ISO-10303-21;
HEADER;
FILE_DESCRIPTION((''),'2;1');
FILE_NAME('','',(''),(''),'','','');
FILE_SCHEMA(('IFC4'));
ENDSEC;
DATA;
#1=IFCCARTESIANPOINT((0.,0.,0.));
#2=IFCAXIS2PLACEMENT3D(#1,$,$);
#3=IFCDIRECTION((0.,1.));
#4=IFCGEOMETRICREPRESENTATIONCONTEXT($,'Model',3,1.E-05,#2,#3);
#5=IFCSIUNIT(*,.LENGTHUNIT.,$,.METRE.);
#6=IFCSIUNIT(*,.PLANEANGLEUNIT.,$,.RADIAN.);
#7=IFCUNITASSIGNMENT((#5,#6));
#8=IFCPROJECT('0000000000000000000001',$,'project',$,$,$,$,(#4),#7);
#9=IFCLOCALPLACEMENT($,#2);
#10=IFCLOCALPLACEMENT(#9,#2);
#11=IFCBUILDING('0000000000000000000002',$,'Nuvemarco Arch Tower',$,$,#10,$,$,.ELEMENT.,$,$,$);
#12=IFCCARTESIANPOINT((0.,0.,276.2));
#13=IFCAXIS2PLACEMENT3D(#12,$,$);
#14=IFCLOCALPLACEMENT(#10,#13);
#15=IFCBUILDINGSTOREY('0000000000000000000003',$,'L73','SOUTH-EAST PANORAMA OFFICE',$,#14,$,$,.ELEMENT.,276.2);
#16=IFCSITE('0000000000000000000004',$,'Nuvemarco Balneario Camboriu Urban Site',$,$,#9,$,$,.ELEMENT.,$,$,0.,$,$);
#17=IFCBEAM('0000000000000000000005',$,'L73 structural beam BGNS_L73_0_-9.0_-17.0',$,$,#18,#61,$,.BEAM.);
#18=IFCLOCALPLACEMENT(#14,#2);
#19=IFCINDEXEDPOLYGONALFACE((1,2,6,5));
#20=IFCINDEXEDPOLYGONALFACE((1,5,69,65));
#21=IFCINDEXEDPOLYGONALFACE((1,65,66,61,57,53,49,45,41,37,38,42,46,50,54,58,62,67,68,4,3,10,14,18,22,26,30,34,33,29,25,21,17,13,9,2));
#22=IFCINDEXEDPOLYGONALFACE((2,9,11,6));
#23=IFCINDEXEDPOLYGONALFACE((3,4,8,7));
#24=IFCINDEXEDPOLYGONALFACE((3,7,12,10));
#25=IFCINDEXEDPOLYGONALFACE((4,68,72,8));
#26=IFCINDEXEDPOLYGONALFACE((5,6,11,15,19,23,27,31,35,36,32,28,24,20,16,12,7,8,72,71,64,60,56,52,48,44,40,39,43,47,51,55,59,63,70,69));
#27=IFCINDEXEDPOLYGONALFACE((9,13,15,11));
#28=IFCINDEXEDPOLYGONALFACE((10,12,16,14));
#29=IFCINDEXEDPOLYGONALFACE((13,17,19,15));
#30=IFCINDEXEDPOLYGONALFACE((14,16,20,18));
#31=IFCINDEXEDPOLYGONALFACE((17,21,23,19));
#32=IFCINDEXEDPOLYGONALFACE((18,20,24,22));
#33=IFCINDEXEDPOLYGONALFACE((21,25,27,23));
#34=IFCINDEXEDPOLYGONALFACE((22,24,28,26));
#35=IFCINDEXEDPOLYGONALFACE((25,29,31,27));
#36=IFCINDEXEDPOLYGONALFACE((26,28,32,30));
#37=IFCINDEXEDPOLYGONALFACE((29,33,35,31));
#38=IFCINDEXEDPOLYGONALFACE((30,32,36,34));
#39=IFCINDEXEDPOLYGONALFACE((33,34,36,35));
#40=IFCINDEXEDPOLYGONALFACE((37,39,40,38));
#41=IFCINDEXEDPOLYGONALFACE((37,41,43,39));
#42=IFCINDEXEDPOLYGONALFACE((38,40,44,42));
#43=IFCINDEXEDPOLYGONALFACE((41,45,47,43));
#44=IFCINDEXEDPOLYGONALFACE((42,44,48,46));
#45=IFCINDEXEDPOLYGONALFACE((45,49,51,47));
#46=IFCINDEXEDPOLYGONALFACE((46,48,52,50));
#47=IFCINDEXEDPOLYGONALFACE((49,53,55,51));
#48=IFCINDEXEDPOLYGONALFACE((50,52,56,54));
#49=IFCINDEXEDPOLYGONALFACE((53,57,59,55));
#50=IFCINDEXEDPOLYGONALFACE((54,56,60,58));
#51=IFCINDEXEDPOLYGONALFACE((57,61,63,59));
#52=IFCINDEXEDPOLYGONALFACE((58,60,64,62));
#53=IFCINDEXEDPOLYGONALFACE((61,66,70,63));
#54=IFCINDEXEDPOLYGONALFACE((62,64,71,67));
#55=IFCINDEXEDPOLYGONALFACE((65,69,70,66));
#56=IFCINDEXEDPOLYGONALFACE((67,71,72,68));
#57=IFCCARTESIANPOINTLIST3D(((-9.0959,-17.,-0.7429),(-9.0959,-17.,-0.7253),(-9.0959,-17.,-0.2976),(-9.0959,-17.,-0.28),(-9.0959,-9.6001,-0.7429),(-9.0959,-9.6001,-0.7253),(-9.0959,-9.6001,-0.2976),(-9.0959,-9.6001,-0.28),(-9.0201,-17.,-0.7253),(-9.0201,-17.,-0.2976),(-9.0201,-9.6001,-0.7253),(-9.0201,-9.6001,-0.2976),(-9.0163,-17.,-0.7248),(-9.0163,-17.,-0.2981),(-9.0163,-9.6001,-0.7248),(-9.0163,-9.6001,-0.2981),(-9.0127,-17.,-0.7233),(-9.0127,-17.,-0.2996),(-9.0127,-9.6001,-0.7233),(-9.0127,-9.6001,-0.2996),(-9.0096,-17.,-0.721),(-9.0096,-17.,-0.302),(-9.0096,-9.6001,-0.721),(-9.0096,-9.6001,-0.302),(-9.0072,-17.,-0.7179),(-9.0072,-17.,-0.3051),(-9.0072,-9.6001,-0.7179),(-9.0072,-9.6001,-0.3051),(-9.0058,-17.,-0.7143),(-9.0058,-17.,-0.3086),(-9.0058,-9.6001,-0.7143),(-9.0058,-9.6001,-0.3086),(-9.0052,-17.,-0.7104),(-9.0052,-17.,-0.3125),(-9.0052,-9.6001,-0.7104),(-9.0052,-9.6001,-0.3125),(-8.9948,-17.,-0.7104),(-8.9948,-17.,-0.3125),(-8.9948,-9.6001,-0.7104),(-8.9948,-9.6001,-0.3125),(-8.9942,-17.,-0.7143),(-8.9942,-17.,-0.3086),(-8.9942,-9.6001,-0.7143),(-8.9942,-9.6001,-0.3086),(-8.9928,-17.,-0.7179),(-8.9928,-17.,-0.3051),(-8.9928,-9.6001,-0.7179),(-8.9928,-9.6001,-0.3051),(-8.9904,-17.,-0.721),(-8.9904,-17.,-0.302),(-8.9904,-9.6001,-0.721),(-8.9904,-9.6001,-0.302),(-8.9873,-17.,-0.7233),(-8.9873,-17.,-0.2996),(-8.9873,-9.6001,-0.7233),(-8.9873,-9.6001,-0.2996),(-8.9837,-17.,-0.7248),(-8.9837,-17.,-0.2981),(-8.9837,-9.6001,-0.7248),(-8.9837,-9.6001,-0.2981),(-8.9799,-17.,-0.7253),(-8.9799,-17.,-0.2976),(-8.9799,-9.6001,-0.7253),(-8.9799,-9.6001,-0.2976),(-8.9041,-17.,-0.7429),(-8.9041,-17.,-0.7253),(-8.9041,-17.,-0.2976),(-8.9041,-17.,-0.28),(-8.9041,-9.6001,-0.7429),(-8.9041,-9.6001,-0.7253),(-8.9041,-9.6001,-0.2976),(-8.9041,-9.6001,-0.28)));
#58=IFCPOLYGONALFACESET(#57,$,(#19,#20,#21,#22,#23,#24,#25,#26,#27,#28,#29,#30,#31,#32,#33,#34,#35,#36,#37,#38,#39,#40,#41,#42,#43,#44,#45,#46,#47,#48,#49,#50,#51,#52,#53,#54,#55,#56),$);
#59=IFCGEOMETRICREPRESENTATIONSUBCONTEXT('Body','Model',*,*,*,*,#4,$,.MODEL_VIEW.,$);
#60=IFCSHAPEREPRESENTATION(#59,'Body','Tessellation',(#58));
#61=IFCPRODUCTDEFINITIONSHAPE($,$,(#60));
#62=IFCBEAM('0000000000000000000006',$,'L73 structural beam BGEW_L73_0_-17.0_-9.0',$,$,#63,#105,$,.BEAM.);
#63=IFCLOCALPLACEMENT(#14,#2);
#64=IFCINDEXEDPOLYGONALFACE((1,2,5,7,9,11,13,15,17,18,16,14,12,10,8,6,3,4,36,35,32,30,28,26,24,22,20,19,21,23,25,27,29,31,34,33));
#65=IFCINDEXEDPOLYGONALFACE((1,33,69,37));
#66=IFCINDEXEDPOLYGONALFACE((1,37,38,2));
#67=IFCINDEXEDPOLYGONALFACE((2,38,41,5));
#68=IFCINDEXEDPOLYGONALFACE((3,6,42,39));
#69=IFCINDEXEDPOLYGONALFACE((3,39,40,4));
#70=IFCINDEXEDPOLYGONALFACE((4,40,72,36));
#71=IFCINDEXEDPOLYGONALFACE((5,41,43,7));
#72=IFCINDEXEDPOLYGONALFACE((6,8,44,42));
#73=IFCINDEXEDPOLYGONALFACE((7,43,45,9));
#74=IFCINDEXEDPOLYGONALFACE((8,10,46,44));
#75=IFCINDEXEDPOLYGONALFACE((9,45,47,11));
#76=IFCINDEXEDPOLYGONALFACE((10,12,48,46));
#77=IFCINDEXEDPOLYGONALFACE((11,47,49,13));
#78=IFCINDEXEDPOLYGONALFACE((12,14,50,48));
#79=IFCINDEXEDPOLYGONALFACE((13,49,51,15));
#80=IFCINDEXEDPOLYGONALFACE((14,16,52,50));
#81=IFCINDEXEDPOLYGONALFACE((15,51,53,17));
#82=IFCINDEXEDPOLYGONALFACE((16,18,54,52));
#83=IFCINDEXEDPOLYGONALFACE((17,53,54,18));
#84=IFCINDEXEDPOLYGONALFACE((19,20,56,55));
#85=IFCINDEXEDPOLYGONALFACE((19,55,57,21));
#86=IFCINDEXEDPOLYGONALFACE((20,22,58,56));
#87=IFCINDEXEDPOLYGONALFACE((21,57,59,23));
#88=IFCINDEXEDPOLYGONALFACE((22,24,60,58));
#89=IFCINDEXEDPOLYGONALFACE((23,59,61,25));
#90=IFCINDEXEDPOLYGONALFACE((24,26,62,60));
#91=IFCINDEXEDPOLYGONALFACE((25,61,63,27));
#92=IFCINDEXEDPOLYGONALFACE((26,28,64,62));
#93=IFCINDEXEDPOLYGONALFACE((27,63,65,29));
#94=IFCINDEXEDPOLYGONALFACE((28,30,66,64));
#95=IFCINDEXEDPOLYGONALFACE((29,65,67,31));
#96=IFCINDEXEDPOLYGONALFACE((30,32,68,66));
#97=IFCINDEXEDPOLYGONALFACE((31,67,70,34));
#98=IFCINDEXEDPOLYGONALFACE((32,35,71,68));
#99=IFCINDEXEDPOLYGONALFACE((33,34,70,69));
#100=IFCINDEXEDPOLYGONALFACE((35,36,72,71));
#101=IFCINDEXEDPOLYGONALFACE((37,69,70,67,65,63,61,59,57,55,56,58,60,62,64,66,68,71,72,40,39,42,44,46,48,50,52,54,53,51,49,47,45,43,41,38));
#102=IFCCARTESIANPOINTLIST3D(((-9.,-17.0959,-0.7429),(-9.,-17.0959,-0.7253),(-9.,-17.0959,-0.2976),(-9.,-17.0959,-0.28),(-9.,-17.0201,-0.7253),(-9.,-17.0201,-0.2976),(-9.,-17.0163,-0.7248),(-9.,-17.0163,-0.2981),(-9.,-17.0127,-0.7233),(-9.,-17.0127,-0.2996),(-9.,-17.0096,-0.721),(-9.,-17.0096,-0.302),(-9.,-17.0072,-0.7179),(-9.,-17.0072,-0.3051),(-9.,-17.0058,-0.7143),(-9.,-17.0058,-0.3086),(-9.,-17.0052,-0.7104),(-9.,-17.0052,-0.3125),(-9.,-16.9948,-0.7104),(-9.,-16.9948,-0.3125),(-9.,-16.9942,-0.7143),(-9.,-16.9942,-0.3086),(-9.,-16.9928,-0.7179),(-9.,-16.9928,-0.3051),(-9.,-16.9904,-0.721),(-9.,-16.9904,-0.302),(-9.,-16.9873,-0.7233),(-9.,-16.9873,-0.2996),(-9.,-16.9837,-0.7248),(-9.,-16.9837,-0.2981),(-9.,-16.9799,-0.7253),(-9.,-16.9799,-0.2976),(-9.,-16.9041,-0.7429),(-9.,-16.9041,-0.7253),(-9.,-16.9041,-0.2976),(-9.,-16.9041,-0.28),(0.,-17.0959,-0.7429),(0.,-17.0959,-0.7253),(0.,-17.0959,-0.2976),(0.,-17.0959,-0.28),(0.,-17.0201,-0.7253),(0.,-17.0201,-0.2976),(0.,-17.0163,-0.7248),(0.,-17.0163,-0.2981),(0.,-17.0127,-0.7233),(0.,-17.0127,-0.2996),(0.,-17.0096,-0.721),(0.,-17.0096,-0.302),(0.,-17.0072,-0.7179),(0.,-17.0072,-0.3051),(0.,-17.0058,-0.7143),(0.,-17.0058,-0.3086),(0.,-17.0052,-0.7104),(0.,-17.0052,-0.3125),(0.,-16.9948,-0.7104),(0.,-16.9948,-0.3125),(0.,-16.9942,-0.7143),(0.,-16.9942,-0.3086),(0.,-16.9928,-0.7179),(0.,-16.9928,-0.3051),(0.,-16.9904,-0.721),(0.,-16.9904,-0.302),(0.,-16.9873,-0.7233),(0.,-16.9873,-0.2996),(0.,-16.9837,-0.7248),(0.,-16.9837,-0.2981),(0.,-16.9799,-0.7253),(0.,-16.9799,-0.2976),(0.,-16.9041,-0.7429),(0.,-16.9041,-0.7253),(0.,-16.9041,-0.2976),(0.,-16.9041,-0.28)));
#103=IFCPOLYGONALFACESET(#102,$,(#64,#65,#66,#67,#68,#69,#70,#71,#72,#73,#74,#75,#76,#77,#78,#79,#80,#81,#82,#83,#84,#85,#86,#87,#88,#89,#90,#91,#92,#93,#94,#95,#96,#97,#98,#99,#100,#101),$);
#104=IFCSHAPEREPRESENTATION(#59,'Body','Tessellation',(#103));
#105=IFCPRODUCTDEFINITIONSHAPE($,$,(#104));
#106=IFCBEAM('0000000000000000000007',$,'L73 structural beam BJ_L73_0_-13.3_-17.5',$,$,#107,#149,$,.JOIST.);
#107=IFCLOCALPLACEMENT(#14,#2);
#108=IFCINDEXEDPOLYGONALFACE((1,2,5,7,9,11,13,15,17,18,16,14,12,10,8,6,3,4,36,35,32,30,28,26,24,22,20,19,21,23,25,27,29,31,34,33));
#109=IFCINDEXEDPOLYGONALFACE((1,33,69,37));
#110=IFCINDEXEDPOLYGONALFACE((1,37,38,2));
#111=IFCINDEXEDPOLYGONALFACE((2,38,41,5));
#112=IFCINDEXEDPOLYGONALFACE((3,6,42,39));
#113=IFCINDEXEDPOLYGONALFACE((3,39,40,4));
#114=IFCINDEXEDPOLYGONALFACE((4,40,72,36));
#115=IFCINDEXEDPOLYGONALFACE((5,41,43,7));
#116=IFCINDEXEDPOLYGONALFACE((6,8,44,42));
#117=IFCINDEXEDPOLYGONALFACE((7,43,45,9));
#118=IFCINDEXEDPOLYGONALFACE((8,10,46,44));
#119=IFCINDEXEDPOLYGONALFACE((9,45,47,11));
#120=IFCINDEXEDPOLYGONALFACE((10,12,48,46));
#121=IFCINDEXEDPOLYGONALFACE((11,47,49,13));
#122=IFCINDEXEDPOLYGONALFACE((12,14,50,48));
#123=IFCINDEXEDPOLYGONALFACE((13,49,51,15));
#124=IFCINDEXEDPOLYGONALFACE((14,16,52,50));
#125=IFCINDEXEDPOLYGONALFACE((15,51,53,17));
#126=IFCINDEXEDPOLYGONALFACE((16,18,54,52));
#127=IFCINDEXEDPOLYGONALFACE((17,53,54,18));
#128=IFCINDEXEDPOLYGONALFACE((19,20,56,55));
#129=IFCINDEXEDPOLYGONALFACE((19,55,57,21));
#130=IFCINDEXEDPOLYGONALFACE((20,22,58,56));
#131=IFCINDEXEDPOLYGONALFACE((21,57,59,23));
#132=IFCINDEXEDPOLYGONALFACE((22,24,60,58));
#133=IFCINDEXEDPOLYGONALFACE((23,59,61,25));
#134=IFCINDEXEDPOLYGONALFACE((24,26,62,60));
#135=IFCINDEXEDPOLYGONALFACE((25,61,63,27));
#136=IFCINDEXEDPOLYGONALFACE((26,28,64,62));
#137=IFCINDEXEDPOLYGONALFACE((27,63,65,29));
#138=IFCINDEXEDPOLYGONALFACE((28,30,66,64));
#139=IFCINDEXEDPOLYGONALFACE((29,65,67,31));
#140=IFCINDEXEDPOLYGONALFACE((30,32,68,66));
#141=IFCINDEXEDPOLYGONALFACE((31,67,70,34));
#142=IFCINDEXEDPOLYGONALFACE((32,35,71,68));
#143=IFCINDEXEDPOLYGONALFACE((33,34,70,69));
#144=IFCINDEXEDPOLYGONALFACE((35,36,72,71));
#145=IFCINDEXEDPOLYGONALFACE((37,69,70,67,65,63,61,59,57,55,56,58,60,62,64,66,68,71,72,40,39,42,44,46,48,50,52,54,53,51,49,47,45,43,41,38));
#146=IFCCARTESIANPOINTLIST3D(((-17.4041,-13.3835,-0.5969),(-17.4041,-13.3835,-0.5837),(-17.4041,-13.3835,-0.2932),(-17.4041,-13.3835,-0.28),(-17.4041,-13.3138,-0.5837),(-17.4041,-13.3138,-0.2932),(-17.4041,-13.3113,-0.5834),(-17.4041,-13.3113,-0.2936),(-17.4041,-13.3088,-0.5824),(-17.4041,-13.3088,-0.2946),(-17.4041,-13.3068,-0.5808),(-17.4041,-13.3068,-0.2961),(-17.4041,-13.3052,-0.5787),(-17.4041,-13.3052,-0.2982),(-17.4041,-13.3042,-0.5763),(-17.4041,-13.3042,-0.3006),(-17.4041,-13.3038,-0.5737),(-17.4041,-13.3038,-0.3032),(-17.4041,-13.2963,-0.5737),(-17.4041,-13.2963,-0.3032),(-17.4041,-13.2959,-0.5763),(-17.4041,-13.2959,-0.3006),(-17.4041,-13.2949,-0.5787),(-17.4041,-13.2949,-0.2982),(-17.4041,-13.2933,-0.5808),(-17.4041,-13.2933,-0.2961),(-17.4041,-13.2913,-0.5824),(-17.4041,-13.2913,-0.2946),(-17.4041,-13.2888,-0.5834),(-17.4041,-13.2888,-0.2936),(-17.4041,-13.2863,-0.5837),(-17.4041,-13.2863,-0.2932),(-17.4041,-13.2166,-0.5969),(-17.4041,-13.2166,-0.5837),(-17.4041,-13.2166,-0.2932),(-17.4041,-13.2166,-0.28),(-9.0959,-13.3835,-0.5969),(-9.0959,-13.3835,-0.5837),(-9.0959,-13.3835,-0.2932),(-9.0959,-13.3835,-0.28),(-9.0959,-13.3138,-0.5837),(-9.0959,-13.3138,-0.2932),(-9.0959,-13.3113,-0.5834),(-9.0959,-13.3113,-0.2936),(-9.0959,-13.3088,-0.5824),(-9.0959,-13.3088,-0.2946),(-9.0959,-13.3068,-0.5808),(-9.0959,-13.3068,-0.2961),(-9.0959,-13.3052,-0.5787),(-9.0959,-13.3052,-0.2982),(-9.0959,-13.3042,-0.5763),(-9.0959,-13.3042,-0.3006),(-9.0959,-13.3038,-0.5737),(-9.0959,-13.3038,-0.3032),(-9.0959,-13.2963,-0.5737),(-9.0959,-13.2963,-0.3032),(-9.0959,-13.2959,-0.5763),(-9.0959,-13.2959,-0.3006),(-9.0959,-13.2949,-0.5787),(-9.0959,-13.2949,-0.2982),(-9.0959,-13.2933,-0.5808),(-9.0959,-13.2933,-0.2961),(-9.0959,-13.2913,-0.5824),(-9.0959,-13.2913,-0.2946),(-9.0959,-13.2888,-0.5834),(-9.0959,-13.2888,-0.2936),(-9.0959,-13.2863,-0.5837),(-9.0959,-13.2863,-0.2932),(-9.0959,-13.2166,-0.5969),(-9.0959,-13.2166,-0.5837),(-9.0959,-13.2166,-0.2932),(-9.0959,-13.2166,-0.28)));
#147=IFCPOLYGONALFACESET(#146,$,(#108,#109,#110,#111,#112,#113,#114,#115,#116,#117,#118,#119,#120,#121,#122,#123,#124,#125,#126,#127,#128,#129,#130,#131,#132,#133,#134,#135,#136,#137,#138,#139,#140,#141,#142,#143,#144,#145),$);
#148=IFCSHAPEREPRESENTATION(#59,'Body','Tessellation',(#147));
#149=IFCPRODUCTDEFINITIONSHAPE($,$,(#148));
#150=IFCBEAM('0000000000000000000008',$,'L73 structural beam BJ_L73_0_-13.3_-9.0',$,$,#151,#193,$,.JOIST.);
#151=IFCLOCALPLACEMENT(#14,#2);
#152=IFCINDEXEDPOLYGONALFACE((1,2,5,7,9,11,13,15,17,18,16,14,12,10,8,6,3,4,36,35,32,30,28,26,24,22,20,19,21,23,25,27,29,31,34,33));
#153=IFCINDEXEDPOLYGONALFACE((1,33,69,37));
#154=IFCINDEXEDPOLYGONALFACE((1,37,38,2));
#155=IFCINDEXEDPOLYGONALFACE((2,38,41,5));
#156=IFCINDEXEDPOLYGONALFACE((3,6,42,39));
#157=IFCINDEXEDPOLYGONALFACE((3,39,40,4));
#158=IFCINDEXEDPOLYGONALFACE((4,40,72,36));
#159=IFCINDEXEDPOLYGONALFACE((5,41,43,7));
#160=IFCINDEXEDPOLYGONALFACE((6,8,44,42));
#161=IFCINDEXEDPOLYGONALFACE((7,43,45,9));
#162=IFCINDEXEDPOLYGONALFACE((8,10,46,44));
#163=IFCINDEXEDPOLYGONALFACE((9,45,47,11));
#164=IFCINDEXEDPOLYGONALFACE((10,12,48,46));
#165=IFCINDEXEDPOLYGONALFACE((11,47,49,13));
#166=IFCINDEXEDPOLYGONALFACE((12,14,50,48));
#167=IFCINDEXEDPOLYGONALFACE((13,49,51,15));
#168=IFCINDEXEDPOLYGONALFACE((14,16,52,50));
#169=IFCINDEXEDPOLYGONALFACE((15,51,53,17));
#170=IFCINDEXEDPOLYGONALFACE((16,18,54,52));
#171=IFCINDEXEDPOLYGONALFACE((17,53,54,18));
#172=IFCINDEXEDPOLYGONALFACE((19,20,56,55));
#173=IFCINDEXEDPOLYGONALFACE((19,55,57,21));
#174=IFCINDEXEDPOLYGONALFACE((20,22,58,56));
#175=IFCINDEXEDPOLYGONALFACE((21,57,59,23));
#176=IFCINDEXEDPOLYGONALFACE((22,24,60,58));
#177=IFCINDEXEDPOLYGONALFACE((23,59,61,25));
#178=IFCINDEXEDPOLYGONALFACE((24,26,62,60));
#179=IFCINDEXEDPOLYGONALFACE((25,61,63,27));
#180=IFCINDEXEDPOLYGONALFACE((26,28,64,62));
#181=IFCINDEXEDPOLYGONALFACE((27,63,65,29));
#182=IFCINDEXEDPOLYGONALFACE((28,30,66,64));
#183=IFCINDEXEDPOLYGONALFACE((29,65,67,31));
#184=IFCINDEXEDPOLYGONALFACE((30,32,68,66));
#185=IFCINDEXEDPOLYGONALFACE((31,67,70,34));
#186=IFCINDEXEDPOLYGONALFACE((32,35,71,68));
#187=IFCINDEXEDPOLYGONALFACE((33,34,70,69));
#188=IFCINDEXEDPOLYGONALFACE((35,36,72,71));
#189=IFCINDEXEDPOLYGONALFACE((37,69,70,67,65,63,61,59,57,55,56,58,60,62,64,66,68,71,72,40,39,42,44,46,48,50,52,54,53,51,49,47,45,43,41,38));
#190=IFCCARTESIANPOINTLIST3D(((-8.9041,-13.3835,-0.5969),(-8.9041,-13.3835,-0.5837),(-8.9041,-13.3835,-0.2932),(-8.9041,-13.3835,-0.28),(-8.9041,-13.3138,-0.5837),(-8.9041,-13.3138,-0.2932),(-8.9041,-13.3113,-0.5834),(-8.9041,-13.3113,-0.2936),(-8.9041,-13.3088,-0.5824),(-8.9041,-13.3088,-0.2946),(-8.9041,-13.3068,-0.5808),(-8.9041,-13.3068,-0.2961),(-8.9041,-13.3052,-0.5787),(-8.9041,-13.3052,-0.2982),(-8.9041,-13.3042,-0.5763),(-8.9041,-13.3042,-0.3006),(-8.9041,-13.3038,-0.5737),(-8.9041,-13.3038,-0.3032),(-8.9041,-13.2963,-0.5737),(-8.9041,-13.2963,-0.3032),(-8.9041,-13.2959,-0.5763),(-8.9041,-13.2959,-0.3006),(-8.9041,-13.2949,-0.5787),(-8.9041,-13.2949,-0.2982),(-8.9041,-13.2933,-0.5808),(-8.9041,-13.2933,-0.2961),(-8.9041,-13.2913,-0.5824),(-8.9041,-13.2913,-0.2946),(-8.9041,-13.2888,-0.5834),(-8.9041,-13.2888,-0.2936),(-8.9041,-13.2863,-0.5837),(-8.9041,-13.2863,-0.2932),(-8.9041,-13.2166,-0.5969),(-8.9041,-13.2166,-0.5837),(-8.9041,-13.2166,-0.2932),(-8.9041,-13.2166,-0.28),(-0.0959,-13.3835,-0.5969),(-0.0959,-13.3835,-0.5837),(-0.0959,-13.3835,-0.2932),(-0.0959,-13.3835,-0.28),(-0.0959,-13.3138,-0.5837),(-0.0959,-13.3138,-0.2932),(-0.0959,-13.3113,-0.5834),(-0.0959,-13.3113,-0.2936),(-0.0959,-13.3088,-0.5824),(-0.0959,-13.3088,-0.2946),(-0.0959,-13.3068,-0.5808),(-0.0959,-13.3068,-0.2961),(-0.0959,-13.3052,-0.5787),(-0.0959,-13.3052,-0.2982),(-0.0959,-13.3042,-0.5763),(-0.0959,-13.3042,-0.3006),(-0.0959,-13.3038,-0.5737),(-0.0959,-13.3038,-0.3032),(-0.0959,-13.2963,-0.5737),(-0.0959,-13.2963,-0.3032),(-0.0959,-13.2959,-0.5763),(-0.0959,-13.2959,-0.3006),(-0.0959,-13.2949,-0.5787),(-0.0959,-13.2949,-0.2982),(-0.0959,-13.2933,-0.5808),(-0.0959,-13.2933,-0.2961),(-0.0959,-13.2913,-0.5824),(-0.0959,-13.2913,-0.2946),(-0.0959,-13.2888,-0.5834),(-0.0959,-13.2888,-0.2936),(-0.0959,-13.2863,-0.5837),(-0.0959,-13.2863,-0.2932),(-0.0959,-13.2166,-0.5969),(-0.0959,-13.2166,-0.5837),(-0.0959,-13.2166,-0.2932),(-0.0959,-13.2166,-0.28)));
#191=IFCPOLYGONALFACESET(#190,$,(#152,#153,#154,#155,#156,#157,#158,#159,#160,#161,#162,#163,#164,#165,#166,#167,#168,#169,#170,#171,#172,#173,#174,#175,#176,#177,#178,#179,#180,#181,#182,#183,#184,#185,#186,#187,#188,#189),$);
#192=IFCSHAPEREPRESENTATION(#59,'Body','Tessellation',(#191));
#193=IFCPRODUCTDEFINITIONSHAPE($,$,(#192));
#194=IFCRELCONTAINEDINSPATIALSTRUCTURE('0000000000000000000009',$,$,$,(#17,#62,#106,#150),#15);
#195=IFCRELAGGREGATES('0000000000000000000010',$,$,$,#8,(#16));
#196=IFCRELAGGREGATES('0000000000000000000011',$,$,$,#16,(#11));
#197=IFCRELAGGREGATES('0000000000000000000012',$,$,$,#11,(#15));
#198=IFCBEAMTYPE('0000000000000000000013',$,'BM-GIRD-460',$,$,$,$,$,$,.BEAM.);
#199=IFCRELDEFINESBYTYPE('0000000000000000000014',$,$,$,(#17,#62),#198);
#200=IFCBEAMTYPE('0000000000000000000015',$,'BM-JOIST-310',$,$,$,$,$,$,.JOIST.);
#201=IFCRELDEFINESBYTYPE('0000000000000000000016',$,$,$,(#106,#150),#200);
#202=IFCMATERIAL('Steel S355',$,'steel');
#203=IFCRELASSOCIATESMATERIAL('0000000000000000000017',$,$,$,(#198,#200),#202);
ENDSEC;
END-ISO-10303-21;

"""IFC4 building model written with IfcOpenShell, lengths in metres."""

from ifc_helpers import new_model, si_unit, direction, frame, origin, origin_2d, place, context, subcontext, project, spatial, i_section, extrude, material, material_profile, profile_set, type_object, element, save


model = new_model("IFC4")

# Units and contexts
model_context = context("Model", 3, precision=1e-05, world=origin(), true_north=direction((0.0, 1.0)))
body_context = subcontext(model_context, "Body", "Model", "MODEL_VIEW")
ifc_project = project(units=[si_unit("LENGTHUNIT", "METRE"), si_unit("PLANEANGLEUNIT", "RADIAN")], contexts=[model_context])

# Site, building, storey
site_placement = place(None, origin())
site = spatial("IfcSite", under=ifc_project, at=site_placement, Name="Nuvemarco Balneario Camboriu Urban Site", CompositionType="ELEMENT", RefElevation=0.0)
building_placement = place(site_placement, origin())
building = spatial("IfcBuilding", under=site, at=building_placement, Name="Nuvemarco Arch Tower", CompositionType="ELEMENT")
storey_placement = place(building_placement, frame((0.0, 0.0, 276.2)))
storey = spatial("IfcBuildingStorey", under=building, at=storey_placement, Name="L73", Description="SOUTH-EAST PANORAMA OFFICE", CompositionType="ELEMENT", Elevation=276.2)

# Shared definitions
ifc_material_1 = material(Name="Steel S355", Category="steel")

# Beams
ifc_material_profile_1 = material_profile(ifc_material_1, i_section(OverallWidth=0.1919, OverallDepth=0.4629, WebThickness=0.0105, FlangeThickness=0.0176, FilletRadius=0.0149, at=origin_2d()), Name="W460x89")
ifc_profile_set_1 = profile_set([ifc_material_profile_1], Name="Steel S355")
beam_type_1 = type_object("IfcBeamType", Name="BM-GIRD-460", PredefinedType="BEAM", material=ifc_profile_set_1)
beam_1_placement = place(storey_placement, frame((-9.0, -17.0, -0.5115), z_axis=(0.0, 1.0, 0.0), x_axis=(-1.0, 0.0, 0.0)))
element("IfcBeam", 1, at=beam_1_placement, inside=storey, type_object=beam_type_1, Name="L73 structural beam BGNS_L73_0_-9.0_-17.0", PredefinedType="BEAM", context=body_context, shape_type="SweptSolid", body=[
    extrude(i_section(OverallWidth=0.1919, OverallDepth=0.4629, WebThickness=0.0105, FlangeThickness=0.0176, FilletRadius=0.0149, at=origin_2d()), origin(), (0.0, 0.0, 1.0), 7.3999),
])
beam_2_placement = place(storey_placement, frame((-9.0, -17.0, -0.5115), z_axis=(1.0, 0.0, 0.0), x_axis=(0.0, 1.0, 0.0)))
element("IfcBeam", 2, at=beam_2_placement, inside=storey, type_object=beam_type_1, Name="L73 structural beam BGEW_L73_0_-17.0_-9.0", PredefinedType="BEAM", context=body_context, shape_type="SweptSolid", body=[
    extrude(i_section(OverallWidth=0.1919, OverallDepth=0.4629, WebThickness=0.0105, FlangeThickness=0.0176, FilletRadius=0.0149, at=origin_2d()), origin(), (0.0, 0.0, 1.0), 9.0),
])
ifc_material_profile_2 = material_profile(ifc_material_1, i_section(OverallWidth=0.167, OverallDepth=0.3169, WebThickness=0.0076, FlangeThickness=0.0132, FilletRadius=0.01, at=origin_2d()), Name="W310x52")
ifc_profile_set_2 = profile_set([ifc_material_profile_2], Name="Steel S355")
beam_type_2 = type_object("IfcBeamType", Name="BM-JOIST-310", PredefinedType="JOIST", material=ifc_profile_set_2)
beam_3_placement = place(storey_placement, frame((-17.4041, -13.3, -0.4385), z_axis=(1.0, 0.0, 0.0), x_axis=(0.0, 1.0, 0.0)))
element("IfcBeam", 3, at=beam_3_placement, inside=storey, type_object=beam_type_2, Name="L73 structural beam BJ_L73_0_-13.3_-17.5", PredefinedType="JOIST", context=body_context, shape_type="SweptSolid", body=[
    extrude(i_section(OverallWidth=0.167, OverallDepth=0.3169, WebThickness=0.0076, FlangeThickness=0.0132, FilletRadius=0.01, at=origin_2d()), origin(), (0.0, 0.0, 1.0), 8.3081),
])
beam_4_placement = place(storey_placement, frame((-8.9041, -13.3, -0.4385), z_axis=(1.0, 0.0, 0.0), x_axis=(0.0, 1.0, 0.0)))
element("IfcBeam", 4, at=beam_4_placement, inside=storey, type_object=beam_type_2, Name="L73 structural beam BJ_L73_0_-13.3_-9.0", PredefinedType="JOIST", context=body_context, shape_type="SweptSolid", body=[
    extrude(i_section(OverallWidth=0.167, OverallDepth=0.3169, WebThickness=0.0076, FlangeThickness=0.0132, FilletRadius=0.01, at=origin_2d()), origin(), (0.0, 0.0, 1.0), 8.8081),
])

save(model, "model.ifc")
